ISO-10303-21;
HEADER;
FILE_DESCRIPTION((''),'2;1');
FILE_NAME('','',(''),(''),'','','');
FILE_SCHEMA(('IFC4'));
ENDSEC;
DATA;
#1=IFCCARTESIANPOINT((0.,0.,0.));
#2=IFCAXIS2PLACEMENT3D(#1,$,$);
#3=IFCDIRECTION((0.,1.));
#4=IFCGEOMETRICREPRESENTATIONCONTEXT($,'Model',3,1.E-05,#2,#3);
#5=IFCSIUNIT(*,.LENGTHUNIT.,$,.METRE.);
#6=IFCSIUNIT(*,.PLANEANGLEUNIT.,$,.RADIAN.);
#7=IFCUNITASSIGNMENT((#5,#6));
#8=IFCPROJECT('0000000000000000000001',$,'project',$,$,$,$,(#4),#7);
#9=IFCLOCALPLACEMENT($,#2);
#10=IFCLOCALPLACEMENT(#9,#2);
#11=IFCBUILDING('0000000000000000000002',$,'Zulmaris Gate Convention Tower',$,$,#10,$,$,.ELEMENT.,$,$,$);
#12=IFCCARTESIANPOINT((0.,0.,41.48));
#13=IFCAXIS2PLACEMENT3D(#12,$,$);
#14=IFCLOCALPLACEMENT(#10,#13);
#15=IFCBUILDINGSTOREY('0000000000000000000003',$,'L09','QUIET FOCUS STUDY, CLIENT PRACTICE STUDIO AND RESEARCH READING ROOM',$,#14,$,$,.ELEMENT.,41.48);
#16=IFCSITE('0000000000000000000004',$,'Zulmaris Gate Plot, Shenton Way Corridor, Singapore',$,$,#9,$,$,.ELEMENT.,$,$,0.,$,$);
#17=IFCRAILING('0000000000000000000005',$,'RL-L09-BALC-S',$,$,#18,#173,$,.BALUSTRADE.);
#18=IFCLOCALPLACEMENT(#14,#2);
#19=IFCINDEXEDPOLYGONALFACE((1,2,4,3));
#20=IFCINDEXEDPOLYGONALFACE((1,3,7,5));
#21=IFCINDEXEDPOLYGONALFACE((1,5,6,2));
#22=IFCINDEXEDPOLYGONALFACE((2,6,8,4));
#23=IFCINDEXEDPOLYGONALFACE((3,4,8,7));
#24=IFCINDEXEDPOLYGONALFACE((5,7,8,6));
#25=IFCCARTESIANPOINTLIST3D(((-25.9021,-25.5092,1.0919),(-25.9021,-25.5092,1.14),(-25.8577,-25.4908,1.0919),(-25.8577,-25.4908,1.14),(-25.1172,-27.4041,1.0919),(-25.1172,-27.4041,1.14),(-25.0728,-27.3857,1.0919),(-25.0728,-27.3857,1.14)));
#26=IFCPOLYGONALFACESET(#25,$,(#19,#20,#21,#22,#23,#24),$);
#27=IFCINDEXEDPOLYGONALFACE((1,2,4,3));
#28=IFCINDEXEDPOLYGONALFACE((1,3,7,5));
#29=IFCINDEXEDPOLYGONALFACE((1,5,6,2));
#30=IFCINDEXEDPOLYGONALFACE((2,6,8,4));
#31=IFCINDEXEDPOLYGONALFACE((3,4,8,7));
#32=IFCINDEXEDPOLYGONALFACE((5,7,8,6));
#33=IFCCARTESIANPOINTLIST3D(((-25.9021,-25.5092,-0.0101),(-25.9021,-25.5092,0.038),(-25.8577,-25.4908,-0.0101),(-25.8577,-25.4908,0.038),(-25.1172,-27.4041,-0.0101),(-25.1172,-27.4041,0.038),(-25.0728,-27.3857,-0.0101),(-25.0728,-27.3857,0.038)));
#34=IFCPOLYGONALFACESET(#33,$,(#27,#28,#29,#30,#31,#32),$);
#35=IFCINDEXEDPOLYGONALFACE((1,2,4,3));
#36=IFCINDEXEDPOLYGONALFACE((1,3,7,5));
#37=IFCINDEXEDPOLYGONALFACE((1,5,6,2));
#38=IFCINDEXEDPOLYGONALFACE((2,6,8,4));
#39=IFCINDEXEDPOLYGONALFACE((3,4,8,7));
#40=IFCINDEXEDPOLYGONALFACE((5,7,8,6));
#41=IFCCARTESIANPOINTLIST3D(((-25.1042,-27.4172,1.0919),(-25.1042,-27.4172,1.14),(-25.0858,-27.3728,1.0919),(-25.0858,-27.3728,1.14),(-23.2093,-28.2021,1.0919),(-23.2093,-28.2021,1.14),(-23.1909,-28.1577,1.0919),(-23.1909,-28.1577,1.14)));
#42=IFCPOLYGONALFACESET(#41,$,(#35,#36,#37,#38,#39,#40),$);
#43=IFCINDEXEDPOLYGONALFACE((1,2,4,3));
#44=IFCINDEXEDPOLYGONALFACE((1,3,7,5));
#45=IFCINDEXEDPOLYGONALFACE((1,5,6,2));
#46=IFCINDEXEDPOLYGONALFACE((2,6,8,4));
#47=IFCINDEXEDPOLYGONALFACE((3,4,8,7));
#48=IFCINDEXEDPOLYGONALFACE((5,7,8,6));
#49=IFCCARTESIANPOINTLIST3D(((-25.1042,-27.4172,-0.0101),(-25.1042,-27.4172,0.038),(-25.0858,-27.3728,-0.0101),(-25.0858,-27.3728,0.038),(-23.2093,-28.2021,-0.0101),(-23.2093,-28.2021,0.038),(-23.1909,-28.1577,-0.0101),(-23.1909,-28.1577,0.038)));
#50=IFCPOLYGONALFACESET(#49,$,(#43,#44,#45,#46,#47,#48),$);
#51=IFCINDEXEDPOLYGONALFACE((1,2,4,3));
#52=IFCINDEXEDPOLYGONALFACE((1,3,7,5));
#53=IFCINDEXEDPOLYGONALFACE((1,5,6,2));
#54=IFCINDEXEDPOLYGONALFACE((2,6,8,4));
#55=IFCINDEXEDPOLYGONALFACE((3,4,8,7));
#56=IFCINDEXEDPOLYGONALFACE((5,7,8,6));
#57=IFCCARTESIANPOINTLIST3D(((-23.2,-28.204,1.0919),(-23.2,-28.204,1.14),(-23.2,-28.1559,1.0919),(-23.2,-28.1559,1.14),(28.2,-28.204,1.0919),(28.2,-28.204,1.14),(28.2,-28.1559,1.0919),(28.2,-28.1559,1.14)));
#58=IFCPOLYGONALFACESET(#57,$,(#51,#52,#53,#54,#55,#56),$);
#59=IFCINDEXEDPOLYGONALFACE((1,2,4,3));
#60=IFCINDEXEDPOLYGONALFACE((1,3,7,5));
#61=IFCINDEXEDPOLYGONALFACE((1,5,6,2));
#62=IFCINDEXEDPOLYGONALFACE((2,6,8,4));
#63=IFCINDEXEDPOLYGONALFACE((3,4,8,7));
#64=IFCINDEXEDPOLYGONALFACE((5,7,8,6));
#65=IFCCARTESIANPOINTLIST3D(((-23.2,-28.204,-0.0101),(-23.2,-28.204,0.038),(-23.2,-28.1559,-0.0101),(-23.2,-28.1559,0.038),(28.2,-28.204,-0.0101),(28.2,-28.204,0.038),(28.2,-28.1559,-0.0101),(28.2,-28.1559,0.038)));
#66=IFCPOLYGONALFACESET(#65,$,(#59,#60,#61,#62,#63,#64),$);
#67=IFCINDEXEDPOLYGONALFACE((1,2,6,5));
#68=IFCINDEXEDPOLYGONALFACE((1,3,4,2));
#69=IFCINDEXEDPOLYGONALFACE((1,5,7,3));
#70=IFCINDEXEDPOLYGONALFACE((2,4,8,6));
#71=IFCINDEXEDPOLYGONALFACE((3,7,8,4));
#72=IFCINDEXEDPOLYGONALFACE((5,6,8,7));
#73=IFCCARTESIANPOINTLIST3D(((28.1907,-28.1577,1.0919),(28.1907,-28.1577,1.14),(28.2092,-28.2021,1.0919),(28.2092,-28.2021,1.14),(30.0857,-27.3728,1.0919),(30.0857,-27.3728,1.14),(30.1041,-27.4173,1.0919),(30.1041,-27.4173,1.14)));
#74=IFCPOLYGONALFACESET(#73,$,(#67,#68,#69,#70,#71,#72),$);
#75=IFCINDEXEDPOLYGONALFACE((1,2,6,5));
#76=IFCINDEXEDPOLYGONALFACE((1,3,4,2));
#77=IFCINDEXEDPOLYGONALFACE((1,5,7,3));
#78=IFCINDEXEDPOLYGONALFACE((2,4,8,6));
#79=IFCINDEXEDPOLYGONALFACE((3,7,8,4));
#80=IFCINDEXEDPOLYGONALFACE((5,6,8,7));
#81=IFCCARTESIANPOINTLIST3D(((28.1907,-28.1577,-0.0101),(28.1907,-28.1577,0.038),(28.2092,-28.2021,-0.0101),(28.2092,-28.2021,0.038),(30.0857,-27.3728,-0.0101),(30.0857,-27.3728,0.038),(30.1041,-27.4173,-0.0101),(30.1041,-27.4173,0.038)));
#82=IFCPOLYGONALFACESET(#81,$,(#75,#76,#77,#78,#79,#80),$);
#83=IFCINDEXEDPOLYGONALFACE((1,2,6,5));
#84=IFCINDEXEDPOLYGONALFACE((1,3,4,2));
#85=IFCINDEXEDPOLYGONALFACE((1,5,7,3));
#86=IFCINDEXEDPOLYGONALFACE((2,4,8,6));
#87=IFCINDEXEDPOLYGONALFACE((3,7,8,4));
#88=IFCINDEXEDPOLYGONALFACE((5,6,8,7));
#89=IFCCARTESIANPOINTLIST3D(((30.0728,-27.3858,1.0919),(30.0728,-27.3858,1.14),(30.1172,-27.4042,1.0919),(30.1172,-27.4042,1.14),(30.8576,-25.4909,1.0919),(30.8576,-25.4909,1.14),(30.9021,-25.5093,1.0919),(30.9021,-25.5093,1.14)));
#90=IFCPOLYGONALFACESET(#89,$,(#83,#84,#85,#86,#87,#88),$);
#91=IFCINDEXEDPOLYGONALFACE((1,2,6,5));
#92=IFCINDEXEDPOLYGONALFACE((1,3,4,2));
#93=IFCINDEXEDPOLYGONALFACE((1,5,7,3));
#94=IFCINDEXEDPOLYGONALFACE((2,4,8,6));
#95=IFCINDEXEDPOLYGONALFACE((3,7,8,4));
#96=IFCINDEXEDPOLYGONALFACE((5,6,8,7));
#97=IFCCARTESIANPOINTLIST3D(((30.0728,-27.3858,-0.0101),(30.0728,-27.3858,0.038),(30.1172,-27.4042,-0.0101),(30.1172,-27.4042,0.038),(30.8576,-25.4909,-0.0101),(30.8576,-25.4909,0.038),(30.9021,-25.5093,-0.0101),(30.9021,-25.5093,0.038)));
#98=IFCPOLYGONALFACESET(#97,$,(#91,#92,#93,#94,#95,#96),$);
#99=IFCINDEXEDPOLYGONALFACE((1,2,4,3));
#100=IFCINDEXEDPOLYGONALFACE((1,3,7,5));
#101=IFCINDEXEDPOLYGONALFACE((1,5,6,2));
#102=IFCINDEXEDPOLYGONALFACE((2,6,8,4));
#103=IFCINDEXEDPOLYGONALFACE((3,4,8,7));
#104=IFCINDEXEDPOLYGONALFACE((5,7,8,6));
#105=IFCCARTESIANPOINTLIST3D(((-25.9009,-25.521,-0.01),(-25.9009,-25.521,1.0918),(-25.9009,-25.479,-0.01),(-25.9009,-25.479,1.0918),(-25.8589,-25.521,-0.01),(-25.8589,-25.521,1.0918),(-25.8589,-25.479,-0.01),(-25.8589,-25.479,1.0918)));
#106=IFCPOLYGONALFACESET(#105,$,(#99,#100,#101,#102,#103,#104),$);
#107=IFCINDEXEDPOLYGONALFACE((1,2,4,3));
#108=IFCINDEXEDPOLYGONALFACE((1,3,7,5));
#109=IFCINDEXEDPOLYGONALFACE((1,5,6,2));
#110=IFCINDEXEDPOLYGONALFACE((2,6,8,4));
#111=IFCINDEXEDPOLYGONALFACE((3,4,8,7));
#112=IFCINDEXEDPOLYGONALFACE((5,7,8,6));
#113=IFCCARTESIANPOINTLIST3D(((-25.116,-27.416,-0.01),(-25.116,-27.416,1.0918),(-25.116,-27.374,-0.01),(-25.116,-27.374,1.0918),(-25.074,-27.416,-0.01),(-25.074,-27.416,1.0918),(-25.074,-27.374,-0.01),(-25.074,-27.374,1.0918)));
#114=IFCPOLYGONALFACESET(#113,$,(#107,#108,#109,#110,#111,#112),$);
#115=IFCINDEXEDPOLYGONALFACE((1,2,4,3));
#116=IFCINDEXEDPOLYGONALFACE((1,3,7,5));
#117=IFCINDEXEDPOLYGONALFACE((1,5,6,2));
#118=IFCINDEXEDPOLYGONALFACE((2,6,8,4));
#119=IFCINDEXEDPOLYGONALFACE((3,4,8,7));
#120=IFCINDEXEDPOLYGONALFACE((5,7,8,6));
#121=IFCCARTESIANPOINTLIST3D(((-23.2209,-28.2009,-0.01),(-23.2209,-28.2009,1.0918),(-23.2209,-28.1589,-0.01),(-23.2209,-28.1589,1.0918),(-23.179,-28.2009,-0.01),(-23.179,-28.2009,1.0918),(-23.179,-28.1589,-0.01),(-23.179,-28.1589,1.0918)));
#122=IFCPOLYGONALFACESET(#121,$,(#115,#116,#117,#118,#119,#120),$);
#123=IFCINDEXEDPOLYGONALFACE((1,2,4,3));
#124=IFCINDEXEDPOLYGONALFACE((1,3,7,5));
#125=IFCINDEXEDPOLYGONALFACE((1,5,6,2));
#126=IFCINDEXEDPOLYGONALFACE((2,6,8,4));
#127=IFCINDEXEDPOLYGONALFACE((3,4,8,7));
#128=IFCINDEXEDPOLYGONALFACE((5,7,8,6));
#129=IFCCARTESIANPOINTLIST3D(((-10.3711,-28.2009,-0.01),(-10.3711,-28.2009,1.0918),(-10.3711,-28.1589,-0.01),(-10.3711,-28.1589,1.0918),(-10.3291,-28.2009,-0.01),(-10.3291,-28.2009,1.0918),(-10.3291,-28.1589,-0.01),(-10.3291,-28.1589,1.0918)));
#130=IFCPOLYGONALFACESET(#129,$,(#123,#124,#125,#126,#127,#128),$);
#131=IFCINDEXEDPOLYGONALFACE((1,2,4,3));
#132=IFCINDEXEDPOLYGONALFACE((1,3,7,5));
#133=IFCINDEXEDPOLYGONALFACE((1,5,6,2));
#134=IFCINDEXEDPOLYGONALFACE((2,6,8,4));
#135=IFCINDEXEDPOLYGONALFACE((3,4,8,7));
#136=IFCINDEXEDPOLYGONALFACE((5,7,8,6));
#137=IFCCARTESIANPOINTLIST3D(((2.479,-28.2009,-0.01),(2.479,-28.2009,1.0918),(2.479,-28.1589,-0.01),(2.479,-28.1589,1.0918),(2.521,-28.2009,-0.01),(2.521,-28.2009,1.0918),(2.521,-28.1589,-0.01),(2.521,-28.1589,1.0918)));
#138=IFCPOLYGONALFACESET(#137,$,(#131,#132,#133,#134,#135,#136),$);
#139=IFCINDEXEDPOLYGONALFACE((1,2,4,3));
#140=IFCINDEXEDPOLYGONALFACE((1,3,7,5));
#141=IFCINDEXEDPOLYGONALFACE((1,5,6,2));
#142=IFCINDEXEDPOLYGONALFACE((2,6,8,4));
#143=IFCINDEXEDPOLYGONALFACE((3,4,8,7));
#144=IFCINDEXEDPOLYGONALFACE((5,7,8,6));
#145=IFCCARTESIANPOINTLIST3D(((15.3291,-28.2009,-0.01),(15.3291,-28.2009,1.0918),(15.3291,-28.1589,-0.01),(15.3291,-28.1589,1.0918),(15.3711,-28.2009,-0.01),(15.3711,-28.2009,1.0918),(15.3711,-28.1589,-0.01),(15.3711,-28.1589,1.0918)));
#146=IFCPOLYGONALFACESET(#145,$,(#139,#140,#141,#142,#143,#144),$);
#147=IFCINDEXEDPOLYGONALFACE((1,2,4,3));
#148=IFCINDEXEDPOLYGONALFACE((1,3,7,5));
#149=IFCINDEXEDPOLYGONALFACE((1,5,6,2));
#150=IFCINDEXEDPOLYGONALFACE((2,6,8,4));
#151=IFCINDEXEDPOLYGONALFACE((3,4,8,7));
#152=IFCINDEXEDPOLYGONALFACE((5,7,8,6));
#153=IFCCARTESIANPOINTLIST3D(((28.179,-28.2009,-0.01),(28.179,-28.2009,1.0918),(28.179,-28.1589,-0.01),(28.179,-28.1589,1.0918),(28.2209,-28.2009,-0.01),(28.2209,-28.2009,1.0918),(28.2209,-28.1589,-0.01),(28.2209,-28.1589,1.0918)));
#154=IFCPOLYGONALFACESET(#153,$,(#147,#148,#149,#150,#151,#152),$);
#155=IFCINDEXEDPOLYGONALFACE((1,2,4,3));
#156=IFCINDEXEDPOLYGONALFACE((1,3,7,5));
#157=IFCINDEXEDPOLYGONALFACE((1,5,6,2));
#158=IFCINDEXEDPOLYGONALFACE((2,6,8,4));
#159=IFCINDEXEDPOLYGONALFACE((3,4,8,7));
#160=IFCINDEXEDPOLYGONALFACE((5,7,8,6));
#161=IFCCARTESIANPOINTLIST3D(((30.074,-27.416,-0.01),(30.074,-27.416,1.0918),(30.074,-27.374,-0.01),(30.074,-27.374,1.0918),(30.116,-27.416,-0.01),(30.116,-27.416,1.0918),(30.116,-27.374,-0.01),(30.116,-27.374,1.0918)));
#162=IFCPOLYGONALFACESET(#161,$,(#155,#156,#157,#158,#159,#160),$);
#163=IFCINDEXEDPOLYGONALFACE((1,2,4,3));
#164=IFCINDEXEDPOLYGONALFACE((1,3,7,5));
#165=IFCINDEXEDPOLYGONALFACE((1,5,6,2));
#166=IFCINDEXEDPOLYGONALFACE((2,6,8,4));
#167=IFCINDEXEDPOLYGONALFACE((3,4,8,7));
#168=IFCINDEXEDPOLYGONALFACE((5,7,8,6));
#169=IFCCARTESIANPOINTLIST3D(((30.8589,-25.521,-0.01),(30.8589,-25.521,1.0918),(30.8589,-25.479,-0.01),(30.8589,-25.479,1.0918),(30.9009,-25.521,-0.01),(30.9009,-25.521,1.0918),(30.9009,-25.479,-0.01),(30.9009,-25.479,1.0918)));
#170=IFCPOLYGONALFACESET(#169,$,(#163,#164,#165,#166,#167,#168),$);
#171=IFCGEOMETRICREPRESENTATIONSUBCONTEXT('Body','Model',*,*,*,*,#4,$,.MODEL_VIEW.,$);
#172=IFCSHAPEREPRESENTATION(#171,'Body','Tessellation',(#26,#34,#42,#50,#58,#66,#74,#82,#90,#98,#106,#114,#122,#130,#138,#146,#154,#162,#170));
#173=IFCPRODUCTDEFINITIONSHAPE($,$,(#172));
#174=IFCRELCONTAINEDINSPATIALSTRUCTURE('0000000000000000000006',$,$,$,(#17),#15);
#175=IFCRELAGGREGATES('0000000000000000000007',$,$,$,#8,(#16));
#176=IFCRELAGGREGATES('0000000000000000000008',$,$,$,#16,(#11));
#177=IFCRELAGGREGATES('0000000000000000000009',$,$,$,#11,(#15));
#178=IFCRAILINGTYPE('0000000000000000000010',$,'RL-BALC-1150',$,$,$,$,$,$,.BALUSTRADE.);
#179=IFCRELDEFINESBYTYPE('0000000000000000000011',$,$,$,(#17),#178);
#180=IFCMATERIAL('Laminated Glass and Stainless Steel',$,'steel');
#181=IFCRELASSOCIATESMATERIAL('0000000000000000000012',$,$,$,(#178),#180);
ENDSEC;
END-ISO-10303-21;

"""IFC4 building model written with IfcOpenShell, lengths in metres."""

from ifc_helpers import new_model, si_unit, direction, frame, origin, origin_2d, place, context, subcontext, project, spatial, rectangle, extrude, material, type_object, element, save


model = new_model("IFC4")

# Units and contexts
model_context = context("Model", 3, precision=1e-05, world=origin(), true_north=direction((0.0, 1.0)))
body_context = subcontext(model_context, "Body", "Model", "MODEL_VIEW")
ifc_project = project(units=[si_unit("LENGTHUNIT", "METRE"), si_unit("PLANEANGLEUNIT", "RADIAN")], contexts=[model_context])

# Site, building, storey
site_placement = place(None, origin())
site = spatial("IfcSite", under=ifc_project, at=site_placement, Name="Zulmaris Gate Plot, Shenton Way Corridor, Singapore", CompositionType="ELEMENT", RefElevation=0.0)
building_placement = place(site_placement, origin())
building = spatial("IfcBuilding", under=site, at=building_placement, Name="Zulmaris Gate Convention Tower", CompositionType="ELEMENT")
storey_placement = place(building_placement, frame((0.0, 0.0, 41.48)))
storey = spatial("IfcBuildingStorey", under=building, at=storey_placement, Name="L09", Description="QUIET FOCUS STUDY, CLIENT PRACTICE STUDIO AND RESEARCH READING ROOM", CompositionType="ELEMENT", Elevation=41.48)

# Railing
ifc_material_1 = material(Name="Laminated Glass and Stainless Steel", Category="steel")
railing_type = type_object("IfcRailingType", Name="RL-BALC-1150", PredefinedType="BALUSTRADE", material=ifc_material_1)
railing_placement = place(storey_placement, frame((-25.8799, -25.5, -0.01)))
element("IfcRailing", 1, at=railing_placement, inside=storey, type_object=railing_type, Name="RL-L09-BALC-S", PredefinedType="BALUSTRADE", context=body_context, shape_type="SweptSolid", body=[
    extrude(rectangle(XDim=0.0481, YDim=0.0481, at=origin_2d()), frame((0.0, 0.0, 1.126), z_axis=(0.382671, -0.923885, 0.0), x_axis=(0.923885, 0.382671, 0.0)), (0.0, 0.0, 1.0), 2.051),
    extrude(rectangle(XDim=0.0481, YDim=0.0481, at=origin_2d()), frame((0.0, 0.0, 0.0239), z_axis=(0.382671, -0.923885, 0.0), x_axis=(0.923885, 0.382671, 0.0)), (0.0, 0.0, 1.0), 2.051),
    extrude(rectangle(XDim=0.0481, YDim=0.0481, at=origin_2d()), frame((0.7849, -1.895, 1.126), z_axis=(0.923885, -0.382671, 0.0), x_axis=(0.382671, 0.923885, 0.0)), (0.0, 0.0, 1.0), 2.051),
    extrude(rectangle(XDim=0.0481, YDim=0.0481, at=origin_2d()), frame((0.7849, -1.895, 0.0239), z_axis=(0.923885, -0.382671, 0.0), x_axis=(0.382671, 0.923885, 0.0)), (0.0, 0.0, 1.0), 2.051),
    extrude(rectangle(XDim=0.0481, YDim=0.0481, at=origin_2d()), frame((2.6799, -2.6799, 1.126), z_axis=(1.0, 0.0, 0.0), x_axis=(0.0, 1.0, 0.0)), (0.0, 0.0, 1.0), 51.3999),
    extrude(rectangle(XDim=0.0481, YDim=0.0481, at=origin_2d()), frame((2.6799, -2.6799, 0.0239), z_axis=(1.0, 0.0, 0.0), x_axis=(0.0, 1.0, 0.0)), (0.0, 0.0, 1.0), 51.3999),
    extrude(rectangle(XDim=0.0481, YDim=0.0481, at=origin_2d()), frame((54.0798, -2.6799, 1.126), z_axis=(0.923885, 0.382671, 0.0), x_axis=(-0.382671, 0.923885, 0.0)), (0.0, 0.0, 1.0), 2.051),
    extrude(rectangle(XDim=0.0481, YDim=0.0481, at=origin_2d()), frame((54.0798, -2.6799, 0.0239), z_axis=(0.923885, 0.382671, 0.0), x_axis=(-0.382671, 0.923885, 0.0)), (0.0, 0.0, 1.0), 2.051),
    extrude(rectangle(XDim=0.0481, YDim=0.0481, at=origin_2d()), frame((55.9749, -1.895, 1.126), z_axis=(0.382671, 0.923885, 0.0), x_axis=(-0.923885, 0.382671, 0.0)), (0.0, 0.0, 1.0), 2.051),
    extrude(rectangle(XDim=0.0481, YDim=0.0481, at=origin_2d()), frame((55.9749, -1.895, 0.0239), z_axis=(0.382671, 0.923885, 0.0), x_axis=(-0.923885, 0.382671, 0.0)), (0.0, 0.0, 1.0), 2.051),
    extrude(rectangle(XDim=0.042, YDim=0.042, at=origin_2d()), origin(), (0.0, 0.0, 1.0), 1.1018),
    extrude(rectangle(XDim=0.042, YDim=0.042, at=origin_2d()), frame((0.7849, -1.895, 0.0)), (0.0, 0.0, 1.0), 1.1018),
    extrude(rectangle(XDim=0.042, YDim=0.042, at=origin_2d()), frame((2.6799, -2.6799, 0.0)), (0.0, 0.0, 1.0), 1.1018),
    extrude(rectangle(XDim=0.042, YDim=0.042, at=origin_2d()), frame((15.5298, -2.6799, 0.0)), (0.0, 0.0, 1.0), 1.1018),
    extrude(rectangle(XDim=0.042, YDim=0.042, at=origin_2d()), frame((28.3799, -2.6799, 0.0)), (0.0, 0.0, 1.0), 1.1018),
    extrude(rectangle(XDim=0.042, YDim=0.042, at=origin_2d()), frame((41.23, -2.6799, 0.0)), (0.0, 0.0, 1.0), 1.1018),
    extrude(rectangle(XDim=0.042, YDim=0.042, at=origin_2d()), frame((54.0798, -2.6799, 0.0)), (0.0, 0.0, 1.0), 1.1018),
    extrude(rectangle(XDim=0.042, YDim=0.042, at=origin_2d()), frame((55.9749, -1.895, 0.0)), (0.0, 0.0, 1.0), 1.1018),
    extrude(rectangle(XDim=0.042, YDim=0.042, at=origin_2d()), frame((56.7598, 0.0, 0.0)), (0.0, 0.0, 1.0), 1.1018),
])

save(model, "model.ifc")
